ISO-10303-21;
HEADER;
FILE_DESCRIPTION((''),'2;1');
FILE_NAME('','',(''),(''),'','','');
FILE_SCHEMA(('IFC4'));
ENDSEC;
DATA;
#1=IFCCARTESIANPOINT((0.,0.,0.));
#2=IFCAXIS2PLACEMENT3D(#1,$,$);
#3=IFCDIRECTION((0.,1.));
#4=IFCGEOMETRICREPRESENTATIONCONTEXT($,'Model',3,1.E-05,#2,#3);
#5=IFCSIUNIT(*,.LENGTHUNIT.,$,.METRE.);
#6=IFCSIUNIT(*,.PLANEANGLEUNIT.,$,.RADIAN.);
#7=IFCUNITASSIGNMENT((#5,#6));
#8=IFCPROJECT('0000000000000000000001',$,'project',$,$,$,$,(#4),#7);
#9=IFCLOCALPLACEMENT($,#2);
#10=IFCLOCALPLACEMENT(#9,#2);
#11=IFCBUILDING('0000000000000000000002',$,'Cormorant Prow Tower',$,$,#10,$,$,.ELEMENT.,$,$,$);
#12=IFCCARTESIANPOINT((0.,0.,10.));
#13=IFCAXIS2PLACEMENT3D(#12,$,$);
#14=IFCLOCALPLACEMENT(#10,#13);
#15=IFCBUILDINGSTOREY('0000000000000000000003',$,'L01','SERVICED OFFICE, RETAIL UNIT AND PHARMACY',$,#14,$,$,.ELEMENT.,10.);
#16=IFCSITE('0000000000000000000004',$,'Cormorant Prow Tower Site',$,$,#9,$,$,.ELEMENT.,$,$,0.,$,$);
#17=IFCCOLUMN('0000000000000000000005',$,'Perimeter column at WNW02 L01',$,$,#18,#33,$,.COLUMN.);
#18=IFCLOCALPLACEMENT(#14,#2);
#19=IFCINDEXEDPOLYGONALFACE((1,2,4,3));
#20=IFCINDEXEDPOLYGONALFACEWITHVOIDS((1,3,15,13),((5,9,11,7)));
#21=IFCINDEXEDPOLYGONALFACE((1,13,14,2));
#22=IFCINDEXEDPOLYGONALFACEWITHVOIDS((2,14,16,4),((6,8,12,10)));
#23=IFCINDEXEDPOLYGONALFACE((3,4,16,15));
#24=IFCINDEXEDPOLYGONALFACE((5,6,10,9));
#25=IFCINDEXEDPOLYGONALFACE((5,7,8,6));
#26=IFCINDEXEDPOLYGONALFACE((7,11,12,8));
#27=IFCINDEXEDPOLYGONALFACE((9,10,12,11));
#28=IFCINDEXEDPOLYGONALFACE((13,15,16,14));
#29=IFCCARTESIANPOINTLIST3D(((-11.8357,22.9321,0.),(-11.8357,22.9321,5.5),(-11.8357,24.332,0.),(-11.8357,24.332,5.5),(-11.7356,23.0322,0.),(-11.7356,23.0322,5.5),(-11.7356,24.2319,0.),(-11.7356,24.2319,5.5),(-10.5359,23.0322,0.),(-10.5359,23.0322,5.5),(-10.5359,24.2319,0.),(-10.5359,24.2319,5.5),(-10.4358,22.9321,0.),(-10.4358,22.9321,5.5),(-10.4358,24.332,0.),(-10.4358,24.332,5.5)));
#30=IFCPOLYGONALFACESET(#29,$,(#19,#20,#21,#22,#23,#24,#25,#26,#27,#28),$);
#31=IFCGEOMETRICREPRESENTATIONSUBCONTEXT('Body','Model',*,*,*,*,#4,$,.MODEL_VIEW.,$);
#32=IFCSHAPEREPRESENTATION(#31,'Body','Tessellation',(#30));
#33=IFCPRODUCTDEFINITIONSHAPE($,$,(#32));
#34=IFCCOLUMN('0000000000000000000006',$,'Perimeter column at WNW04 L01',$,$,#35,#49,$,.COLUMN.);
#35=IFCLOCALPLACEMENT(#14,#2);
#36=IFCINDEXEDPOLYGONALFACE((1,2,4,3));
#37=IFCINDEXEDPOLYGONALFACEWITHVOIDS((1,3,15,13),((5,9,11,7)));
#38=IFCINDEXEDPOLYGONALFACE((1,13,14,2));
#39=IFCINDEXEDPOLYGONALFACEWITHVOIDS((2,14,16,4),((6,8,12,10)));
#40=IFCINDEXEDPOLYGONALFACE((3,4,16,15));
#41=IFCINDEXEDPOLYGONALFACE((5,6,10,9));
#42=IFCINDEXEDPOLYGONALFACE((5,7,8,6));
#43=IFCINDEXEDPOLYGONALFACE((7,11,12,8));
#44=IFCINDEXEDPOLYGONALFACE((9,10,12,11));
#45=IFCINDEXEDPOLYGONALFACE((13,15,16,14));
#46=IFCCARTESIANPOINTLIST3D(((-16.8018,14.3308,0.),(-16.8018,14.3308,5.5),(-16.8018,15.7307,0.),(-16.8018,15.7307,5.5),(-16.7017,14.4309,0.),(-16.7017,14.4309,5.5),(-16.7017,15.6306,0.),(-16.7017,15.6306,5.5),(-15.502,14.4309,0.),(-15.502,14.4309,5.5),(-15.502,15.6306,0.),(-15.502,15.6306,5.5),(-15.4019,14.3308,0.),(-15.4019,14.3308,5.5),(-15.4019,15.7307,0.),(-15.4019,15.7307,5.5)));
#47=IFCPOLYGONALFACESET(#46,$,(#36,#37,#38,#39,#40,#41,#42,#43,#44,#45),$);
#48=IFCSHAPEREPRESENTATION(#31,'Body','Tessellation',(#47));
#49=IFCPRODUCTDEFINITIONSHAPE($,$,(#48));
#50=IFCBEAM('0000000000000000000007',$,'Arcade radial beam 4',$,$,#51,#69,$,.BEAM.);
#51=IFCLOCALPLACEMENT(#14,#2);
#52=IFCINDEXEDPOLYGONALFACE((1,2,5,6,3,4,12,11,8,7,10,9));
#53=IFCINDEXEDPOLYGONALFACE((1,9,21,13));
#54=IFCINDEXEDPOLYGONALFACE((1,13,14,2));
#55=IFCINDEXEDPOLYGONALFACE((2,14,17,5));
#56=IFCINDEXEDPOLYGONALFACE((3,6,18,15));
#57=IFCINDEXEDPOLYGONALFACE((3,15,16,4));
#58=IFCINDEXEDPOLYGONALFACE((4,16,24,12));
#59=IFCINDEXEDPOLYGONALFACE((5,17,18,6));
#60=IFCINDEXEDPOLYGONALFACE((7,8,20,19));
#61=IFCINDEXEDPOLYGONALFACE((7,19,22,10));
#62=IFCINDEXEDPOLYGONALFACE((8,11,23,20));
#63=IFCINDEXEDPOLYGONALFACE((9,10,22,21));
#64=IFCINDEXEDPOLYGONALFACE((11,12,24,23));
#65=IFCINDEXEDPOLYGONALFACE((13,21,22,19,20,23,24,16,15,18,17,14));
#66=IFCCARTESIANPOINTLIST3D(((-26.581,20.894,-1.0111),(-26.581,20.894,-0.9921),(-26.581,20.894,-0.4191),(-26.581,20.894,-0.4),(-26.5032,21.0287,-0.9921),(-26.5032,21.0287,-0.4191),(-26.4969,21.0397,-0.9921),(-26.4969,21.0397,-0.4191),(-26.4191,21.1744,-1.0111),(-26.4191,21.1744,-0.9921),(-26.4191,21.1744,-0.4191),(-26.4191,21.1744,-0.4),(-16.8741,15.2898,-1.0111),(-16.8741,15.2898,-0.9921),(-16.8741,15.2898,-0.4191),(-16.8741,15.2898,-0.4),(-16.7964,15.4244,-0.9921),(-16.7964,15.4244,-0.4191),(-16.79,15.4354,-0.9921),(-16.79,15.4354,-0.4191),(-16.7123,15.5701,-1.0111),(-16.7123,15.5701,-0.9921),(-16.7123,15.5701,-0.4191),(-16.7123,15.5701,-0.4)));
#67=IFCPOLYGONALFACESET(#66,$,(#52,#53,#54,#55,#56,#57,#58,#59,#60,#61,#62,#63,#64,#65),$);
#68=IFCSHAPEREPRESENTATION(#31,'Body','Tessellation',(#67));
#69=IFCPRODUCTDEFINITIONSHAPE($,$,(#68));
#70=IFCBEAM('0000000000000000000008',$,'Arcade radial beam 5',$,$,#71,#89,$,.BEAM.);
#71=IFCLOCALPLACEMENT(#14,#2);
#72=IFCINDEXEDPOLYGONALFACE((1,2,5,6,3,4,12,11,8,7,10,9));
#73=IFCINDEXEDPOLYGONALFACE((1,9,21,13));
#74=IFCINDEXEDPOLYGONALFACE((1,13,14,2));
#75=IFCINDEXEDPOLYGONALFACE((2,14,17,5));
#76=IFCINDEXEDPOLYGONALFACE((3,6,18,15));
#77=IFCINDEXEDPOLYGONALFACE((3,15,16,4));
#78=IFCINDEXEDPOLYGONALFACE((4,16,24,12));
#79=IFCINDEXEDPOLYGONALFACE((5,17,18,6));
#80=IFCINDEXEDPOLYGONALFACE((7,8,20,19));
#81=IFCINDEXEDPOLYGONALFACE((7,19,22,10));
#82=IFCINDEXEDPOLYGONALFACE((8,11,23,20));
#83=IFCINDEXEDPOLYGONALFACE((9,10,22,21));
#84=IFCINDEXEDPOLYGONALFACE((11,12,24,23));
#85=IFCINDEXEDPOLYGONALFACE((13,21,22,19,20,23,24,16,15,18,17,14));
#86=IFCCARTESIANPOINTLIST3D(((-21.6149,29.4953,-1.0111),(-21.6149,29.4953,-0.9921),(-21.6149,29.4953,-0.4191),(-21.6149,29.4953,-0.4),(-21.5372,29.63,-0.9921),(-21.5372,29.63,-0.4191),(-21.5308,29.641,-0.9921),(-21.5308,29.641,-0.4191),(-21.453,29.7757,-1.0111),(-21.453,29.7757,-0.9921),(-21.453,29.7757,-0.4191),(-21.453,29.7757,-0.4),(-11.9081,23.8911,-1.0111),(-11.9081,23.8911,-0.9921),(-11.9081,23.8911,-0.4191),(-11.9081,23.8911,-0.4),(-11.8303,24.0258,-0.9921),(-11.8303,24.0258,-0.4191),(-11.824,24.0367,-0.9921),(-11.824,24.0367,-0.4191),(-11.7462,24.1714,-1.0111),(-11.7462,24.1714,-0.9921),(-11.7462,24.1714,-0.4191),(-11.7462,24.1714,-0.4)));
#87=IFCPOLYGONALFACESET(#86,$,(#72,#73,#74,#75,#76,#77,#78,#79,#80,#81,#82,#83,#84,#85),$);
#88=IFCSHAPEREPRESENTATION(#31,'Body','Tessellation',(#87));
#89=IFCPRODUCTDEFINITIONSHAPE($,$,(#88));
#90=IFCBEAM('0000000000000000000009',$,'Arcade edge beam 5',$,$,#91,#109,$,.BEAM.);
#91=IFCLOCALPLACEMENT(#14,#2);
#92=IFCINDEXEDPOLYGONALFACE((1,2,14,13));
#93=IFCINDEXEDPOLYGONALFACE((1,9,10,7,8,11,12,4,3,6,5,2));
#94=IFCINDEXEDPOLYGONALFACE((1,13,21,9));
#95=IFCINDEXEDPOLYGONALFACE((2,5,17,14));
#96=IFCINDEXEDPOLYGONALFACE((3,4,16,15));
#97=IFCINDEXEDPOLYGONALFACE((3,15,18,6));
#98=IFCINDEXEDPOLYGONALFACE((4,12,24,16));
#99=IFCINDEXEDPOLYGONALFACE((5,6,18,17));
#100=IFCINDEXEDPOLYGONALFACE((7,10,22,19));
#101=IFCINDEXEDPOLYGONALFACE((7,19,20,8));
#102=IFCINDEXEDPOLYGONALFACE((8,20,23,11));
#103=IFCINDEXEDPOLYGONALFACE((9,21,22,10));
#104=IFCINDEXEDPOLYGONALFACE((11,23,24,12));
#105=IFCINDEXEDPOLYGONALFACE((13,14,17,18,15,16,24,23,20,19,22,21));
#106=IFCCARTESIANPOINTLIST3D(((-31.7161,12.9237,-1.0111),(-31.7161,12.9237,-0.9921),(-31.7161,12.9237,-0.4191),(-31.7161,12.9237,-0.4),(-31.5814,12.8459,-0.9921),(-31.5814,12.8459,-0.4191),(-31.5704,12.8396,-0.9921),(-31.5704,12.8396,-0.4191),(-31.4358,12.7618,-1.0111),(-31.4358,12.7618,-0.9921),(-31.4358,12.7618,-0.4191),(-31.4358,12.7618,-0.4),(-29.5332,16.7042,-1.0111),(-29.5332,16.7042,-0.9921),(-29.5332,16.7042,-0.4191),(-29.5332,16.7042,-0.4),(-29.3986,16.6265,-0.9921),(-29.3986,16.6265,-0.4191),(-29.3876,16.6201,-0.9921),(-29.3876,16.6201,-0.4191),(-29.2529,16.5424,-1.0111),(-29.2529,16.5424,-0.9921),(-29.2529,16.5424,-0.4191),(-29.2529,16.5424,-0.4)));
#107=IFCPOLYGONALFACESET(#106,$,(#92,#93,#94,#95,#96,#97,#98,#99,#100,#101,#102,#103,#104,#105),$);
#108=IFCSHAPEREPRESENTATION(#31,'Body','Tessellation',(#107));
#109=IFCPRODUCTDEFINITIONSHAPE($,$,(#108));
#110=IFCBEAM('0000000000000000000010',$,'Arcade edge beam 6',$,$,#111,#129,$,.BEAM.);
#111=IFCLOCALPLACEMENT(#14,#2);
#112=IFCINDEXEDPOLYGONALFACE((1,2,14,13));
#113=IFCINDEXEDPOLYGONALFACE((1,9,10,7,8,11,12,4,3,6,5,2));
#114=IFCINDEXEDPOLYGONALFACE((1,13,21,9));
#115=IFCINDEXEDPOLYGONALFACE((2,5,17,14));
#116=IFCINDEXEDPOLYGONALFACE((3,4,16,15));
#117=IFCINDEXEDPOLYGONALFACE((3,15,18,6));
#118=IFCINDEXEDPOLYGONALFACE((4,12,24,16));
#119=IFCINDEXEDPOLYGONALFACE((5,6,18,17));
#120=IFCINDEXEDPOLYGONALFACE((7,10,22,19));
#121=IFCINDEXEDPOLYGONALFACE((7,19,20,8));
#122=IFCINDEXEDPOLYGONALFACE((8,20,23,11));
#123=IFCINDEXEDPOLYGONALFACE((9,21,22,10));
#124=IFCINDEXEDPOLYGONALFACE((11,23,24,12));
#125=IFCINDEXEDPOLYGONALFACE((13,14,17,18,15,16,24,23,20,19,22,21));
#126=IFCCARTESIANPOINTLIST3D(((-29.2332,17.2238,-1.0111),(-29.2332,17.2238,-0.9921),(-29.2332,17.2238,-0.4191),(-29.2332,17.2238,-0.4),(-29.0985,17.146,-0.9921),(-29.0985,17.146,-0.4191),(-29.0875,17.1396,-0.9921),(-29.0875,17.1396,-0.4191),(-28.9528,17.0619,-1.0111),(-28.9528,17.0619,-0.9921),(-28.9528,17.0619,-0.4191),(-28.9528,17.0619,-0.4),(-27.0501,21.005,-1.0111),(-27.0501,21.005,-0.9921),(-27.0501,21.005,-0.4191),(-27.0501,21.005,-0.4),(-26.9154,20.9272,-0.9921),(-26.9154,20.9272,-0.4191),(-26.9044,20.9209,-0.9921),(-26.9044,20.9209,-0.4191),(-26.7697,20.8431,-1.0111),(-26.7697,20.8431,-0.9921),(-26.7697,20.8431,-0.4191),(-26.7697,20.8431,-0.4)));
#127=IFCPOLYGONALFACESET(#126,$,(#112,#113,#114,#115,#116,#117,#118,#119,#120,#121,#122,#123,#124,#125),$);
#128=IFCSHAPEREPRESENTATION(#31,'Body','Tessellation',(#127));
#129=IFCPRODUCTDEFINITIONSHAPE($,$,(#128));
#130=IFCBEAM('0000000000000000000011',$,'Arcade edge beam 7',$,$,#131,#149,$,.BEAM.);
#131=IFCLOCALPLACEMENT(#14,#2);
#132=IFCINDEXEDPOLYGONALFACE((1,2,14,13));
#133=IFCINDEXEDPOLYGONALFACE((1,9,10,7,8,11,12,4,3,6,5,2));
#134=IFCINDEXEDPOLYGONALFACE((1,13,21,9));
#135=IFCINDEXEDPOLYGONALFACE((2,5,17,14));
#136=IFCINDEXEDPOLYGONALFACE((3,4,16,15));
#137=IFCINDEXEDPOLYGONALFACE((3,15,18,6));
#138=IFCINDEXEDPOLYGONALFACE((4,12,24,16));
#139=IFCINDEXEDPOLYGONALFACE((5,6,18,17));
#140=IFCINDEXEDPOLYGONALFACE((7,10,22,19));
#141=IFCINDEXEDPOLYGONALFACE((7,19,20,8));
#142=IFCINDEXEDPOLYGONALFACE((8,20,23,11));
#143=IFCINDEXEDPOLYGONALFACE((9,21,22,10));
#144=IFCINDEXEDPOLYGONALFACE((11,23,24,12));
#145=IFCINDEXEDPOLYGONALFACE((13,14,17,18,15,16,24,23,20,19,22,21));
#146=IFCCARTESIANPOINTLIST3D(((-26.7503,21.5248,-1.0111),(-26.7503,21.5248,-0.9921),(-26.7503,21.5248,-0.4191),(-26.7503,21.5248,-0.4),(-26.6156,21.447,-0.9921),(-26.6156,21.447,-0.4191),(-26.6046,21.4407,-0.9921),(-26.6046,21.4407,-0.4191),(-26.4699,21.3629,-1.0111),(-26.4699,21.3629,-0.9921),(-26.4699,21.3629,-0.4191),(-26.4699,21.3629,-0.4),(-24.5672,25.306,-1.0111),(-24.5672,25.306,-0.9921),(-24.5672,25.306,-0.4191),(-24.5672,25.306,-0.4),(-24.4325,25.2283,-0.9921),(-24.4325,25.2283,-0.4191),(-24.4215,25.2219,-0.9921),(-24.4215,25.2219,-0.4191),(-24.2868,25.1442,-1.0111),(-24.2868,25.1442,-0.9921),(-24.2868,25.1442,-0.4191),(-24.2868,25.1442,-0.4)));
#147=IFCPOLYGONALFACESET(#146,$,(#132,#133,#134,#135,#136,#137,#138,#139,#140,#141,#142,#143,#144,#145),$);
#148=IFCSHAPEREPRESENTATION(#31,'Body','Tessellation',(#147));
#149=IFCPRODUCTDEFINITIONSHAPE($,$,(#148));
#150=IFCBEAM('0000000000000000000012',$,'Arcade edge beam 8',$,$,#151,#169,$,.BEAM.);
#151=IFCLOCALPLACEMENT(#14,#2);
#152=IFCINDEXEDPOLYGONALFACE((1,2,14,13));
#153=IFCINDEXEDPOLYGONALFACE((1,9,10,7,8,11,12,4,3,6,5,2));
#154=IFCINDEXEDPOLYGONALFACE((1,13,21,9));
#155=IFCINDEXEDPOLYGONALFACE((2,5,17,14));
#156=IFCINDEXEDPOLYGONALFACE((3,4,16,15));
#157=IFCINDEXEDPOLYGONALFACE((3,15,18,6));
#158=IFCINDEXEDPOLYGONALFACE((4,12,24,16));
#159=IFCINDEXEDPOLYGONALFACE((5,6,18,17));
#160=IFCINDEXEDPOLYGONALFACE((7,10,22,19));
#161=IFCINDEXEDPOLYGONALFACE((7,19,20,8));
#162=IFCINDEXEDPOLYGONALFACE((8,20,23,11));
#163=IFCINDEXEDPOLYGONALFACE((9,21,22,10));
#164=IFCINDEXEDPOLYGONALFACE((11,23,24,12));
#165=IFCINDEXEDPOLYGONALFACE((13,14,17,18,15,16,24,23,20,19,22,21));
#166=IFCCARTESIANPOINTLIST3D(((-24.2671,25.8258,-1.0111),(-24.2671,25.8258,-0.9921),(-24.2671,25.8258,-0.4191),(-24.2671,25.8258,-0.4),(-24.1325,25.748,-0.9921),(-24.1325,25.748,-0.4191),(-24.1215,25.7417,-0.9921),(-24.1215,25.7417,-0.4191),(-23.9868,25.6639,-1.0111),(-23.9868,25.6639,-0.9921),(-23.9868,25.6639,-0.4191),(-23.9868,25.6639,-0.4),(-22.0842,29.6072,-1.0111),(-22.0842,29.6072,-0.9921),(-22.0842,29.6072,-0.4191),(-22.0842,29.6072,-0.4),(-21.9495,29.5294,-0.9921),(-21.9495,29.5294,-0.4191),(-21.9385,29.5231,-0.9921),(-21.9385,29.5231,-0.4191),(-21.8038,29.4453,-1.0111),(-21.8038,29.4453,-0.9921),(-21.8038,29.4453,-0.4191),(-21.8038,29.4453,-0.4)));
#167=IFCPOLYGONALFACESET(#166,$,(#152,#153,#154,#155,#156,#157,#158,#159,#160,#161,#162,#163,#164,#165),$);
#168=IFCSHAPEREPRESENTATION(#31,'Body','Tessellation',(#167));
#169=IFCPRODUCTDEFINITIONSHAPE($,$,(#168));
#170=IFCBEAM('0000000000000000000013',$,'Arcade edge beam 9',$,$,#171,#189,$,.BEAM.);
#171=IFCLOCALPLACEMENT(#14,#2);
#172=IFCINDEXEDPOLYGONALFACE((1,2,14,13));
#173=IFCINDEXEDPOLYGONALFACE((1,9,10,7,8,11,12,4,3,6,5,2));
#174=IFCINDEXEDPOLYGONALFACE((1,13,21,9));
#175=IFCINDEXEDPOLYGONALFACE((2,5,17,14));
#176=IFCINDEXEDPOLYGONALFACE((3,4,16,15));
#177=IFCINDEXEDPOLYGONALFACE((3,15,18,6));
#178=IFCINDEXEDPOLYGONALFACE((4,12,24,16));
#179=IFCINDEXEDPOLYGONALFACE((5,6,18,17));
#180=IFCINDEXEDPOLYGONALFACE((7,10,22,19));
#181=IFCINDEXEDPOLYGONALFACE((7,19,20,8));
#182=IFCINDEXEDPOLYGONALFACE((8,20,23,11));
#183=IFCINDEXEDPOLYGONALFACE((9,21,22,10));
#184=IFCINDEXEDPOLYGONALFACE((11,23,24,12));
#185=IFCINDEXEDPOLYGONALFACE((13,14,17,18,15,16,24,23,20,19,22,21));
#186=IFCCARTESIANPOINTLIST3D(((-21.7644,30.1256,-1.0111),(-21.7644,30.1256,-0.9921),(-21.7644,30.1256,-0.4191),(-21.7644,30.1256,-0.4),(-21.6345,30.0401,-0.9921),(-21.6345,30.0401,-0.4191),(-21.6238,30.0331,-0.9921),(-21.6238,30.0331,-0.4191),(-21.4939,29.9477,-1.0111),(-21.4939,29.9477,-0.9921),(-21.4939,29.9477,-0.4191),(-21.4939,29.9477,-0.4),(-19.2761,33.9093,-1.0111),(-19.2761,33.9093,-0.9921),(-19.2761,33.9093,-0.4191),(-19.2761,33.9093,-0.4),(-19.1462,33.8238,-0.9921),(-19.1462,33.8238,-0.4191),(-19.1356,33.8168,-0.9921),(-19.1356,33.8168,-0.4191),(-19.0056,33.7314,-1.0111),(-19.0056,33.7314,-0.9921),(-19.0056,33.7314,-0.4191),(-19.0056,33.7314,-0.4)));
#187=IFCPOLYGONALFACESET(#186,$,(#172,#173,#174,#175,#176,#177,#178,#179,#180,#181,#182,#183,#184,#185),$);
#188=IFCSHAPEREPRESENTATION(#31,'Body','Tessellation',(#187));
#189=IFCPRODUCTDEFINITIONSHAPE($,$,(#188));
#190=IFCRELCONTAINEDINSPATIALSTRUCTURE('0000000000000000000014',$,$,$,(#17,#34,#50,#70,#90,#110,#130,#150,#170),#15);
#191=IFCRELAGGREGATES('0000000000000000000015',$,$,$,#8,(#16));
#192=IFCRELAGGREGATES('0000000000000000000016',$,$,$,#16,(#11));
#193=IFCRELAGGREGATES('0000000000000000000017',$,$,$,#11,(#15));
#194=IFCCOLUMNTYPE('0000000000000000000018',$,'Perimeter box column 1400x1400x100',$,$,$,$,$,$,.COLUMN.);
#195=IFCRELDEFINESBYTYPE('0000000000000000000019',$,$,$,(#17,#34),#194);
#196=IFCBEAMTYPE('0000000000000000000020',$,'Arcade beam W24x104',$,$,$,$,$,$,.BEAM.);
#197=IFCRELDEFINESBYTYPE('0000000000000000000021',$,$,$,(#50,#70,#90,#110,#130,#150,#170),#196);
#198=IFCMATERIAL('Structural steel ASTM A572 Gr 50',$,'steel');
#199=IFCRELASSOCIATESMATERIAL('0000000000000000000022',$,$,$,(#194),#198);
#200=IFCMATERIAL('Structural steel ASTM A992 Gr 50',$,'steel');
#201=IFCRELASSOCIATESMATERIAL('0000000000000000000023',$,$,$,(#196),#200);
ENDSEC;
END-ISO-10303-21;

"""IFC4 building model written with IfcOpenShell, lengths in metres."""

from ifc_helpers import new_model, si_unit, direction, frame, origin, origin_2d, place, context, subcontext, project, spatial, hollow_rectangle, i_section, extrude, material, material_profile, profile_set, type_object, element, save


model = new_model("IFC4")

# Units and contexts
model_context = context("Model", 3, precision=1e-05, world=origin(), true_north=direction((0.0, 1.0)))
body_context = subcontext(model_context, "Body", "Model", "MODEL_VIEW")
ifc_project = project(units=[si_unit("LENGTHUNIT", "METRE"), si_unit("PLANEANGLEUNIT", "RADIAN")], contexts=[model_context])

# Site, building, storey
site_placement = place(None, origin())
site = spatial("IfcSite", under=ifc_project, at=site_placement, Name="Cormorant Prow Tower Site", CompositionType="ELEMENT", RefElevation=0.0)
building_placement = place(site_placement, origin())
building = spatial("IfcBuilding", under=site, at=building_placement, Name="Cormorant Prow Tower", CompositionType="ELEMENT")
storey_placement = place(building_placement, frame((0.0, 0.0, 10.0)))
storey = spatial("IfcBuildingStorey", under=building, at=storey_placement, Name="L01", Description="SERVICED OFFICE, RETAIL UNIT AND PHARMACY", CompositionType="ELEMENT", Elevation=10.0)

# Columns
ifc_material_1 = material(Name="Structural steel ASTM A572 Gr 50", Category="steel")
ifc_material_profile_1 = material_profile(ifc_material_1, hollow_rectangle(XDim=1.3999, YDim=1.3999, WallThickness=0.1001, at=origin_2d()), Name="Box 1400x1400x100")
ifc_profile_set_1 = profile_set([ifc_material_profile_1], Name="Structural steel ASTM A572 Gr 50")
column_type = type_object("IfcColumnType", Name="Perimeter box column 1400x1400x100", PredefinedType="COLUMN", material=ifc_profile_set_1)
for number, where, z_axis, x_axis, name in (
    (1, (-11.1357, 23.6321, 0.0), (0.0, 0.0, 1.0), (1.0, 0.0, 0.0), "Perimeter column at WNW02 L01"),
    (2, (-16.1018, 15.0308, 0.0), (0.0, 0.0, 1.0), (1.0, 0.0, 0.0), "Perimeter column at WNW04 L01"),
):
    element("IfcColumn", number, at=place(storey_placement, frame(where, z_axis=z_axis, x_axis=x_axis)), inside=storey, type_object=column_type, Name=name, PredefinedType="COLUMN", context=body_context, shape_type="SweptSolid", body=[
        extrude(hollow_rectangle(XDim=1.3999, YDim=1.3999, WallThickness=0.1001, at=origin_2d()), origin(), (0.0, 0.0, 1.0), 5.5),
    ])

# Beams
ifc_material_2 = material(Name="Structural steel ASTM A992 Gr 50", Category="steel")
ifc_material_profile_2 = material_profile(ifc_material_2, i_section(OverallWidth=0.3237, OverallDepth=0.6111, WebThickness=0.0127, FlangeThickness=0.019, at=origin_2d()), Name="W24x104")
ifc_profile_set_2 = profile_set([ifc_material_profile_2], Name="Structural steel ASTM A992 Gr 50")
beam_type = type_object("IfcBeamType", Name="Arcade beam W24x104", PredefinedType="BEAM", material=ifc_profile_set_2)
for number, where, z_axis, x_axis, name in (
    (3, (-16.7932, 15.4299, -0.7056), (-0.866024, 0.500002, 0.0), (-0.500002, -0.866024, 0.0), "Arcade radial beam 4"),
    (4, (-11.8271, 24.0312, -0.7056), (-0.866024, 0.500002, 0.0), (-0.500002, -0.866024, 0.0), "Arcade radial beam 5"),
):
    element("IfcBeam", number, at=place(storey_placement, frame(where, z_axis=z_axis, x_axis=x_axis)), inside=storey, type_object=beam_type, Name=name, PredefinedType="BEAM", context=body_context, shape_type="SweptSolid", body=[
        extrude(i_section(OverallWidth=0.3237, OverallDepth=0.6111, WebThickness=0.0127, FlangeThickness=0.019, at=origin_2d()), origin(), (0.0, 0.0, 1.0), 11.2085),
    ])
beam_1_placement = place(storey_placement, frame((-31.5759, 12.8428, -0.7056), z_axis=(0.500031, 0.866008, 0.0), x_axis=(-0.866008, 0.500031, 0.0)))
element("IfcBeam", 5, at=beam_1_placement, inside=storey, type_object=beam_type, Name="Arcade edge beam 5", PredefinedType="BEAM", context=body_context, shape_type="SweptSolid", body=[
    extrude(i_section(OverallWidth=0.3237, OverallDepth=0.6111, WebThickness=0.0127, FlangeThickness=0.019, at=origin_2d()), origin(), (0.0, 0.0, 1.0), 4.3655),
])
for number, where, z_axis, x_axis, name in (
    (6, (-29.093, 17.1428, -0.7056), (0.5, 0.866025, 0.0), (-0.866025, 0.5, 0.0), "Arcade edge beam 6"),
    (7, (-26.6101, 21.4438, -0.7056), (0.5, 0.866025, 0.0), (-0.866025, 0.5, 0.0), "Arcade edge beam 7"),
    (8, (-24.127, 25.7449, -0.7056), (0.499958, 0.86605, 0.0), (-0.86605, 0.499958, 0.0), "Arcade edge beam 8"),
):
    element("IfcBeam", number, at=place(storey_placement, frame(where, z_axis=z_axis, x_axis=x_axis)), inside=storey, type_object=beam_type, Name=name, PredefinedType="BEAM", context=body_context, shape_type="SweptSolid", body=[
        extrude(i_section(OverallWidth=0.3237, OverallDepth=0.6111, WebThickness=0.0127, FlangeThickness=0.019, at=origin_2d()), origin(), (0.0, 0.0, 1.0), 4.3662),
    ])
beam_2_placement = place(storey_placement, frame((-21.6292, 30.0366, -0.7056), z_axis=(0.549464, 0.835517, 0.0), x_axis=(-0.835517, 0.549464, 0.0)))
element("IfcBeam", 9, at=beam_2_placement, inside=storey, type_object=beam_type, Name="Arcade edge beam 9", PredefinedType="BEAM", context=body_context, shape_type="SweptSolid", body=[
    extrude(i_section(OverallWidth=0.3237, OverallDepth=0.6111, WebThickness=0.0127, FlangeThickness=0.019, at=origin_2d()), origin(), (0.0, 0.0, 1.0), 4.5286),
])

save(model, "model.ifc")
